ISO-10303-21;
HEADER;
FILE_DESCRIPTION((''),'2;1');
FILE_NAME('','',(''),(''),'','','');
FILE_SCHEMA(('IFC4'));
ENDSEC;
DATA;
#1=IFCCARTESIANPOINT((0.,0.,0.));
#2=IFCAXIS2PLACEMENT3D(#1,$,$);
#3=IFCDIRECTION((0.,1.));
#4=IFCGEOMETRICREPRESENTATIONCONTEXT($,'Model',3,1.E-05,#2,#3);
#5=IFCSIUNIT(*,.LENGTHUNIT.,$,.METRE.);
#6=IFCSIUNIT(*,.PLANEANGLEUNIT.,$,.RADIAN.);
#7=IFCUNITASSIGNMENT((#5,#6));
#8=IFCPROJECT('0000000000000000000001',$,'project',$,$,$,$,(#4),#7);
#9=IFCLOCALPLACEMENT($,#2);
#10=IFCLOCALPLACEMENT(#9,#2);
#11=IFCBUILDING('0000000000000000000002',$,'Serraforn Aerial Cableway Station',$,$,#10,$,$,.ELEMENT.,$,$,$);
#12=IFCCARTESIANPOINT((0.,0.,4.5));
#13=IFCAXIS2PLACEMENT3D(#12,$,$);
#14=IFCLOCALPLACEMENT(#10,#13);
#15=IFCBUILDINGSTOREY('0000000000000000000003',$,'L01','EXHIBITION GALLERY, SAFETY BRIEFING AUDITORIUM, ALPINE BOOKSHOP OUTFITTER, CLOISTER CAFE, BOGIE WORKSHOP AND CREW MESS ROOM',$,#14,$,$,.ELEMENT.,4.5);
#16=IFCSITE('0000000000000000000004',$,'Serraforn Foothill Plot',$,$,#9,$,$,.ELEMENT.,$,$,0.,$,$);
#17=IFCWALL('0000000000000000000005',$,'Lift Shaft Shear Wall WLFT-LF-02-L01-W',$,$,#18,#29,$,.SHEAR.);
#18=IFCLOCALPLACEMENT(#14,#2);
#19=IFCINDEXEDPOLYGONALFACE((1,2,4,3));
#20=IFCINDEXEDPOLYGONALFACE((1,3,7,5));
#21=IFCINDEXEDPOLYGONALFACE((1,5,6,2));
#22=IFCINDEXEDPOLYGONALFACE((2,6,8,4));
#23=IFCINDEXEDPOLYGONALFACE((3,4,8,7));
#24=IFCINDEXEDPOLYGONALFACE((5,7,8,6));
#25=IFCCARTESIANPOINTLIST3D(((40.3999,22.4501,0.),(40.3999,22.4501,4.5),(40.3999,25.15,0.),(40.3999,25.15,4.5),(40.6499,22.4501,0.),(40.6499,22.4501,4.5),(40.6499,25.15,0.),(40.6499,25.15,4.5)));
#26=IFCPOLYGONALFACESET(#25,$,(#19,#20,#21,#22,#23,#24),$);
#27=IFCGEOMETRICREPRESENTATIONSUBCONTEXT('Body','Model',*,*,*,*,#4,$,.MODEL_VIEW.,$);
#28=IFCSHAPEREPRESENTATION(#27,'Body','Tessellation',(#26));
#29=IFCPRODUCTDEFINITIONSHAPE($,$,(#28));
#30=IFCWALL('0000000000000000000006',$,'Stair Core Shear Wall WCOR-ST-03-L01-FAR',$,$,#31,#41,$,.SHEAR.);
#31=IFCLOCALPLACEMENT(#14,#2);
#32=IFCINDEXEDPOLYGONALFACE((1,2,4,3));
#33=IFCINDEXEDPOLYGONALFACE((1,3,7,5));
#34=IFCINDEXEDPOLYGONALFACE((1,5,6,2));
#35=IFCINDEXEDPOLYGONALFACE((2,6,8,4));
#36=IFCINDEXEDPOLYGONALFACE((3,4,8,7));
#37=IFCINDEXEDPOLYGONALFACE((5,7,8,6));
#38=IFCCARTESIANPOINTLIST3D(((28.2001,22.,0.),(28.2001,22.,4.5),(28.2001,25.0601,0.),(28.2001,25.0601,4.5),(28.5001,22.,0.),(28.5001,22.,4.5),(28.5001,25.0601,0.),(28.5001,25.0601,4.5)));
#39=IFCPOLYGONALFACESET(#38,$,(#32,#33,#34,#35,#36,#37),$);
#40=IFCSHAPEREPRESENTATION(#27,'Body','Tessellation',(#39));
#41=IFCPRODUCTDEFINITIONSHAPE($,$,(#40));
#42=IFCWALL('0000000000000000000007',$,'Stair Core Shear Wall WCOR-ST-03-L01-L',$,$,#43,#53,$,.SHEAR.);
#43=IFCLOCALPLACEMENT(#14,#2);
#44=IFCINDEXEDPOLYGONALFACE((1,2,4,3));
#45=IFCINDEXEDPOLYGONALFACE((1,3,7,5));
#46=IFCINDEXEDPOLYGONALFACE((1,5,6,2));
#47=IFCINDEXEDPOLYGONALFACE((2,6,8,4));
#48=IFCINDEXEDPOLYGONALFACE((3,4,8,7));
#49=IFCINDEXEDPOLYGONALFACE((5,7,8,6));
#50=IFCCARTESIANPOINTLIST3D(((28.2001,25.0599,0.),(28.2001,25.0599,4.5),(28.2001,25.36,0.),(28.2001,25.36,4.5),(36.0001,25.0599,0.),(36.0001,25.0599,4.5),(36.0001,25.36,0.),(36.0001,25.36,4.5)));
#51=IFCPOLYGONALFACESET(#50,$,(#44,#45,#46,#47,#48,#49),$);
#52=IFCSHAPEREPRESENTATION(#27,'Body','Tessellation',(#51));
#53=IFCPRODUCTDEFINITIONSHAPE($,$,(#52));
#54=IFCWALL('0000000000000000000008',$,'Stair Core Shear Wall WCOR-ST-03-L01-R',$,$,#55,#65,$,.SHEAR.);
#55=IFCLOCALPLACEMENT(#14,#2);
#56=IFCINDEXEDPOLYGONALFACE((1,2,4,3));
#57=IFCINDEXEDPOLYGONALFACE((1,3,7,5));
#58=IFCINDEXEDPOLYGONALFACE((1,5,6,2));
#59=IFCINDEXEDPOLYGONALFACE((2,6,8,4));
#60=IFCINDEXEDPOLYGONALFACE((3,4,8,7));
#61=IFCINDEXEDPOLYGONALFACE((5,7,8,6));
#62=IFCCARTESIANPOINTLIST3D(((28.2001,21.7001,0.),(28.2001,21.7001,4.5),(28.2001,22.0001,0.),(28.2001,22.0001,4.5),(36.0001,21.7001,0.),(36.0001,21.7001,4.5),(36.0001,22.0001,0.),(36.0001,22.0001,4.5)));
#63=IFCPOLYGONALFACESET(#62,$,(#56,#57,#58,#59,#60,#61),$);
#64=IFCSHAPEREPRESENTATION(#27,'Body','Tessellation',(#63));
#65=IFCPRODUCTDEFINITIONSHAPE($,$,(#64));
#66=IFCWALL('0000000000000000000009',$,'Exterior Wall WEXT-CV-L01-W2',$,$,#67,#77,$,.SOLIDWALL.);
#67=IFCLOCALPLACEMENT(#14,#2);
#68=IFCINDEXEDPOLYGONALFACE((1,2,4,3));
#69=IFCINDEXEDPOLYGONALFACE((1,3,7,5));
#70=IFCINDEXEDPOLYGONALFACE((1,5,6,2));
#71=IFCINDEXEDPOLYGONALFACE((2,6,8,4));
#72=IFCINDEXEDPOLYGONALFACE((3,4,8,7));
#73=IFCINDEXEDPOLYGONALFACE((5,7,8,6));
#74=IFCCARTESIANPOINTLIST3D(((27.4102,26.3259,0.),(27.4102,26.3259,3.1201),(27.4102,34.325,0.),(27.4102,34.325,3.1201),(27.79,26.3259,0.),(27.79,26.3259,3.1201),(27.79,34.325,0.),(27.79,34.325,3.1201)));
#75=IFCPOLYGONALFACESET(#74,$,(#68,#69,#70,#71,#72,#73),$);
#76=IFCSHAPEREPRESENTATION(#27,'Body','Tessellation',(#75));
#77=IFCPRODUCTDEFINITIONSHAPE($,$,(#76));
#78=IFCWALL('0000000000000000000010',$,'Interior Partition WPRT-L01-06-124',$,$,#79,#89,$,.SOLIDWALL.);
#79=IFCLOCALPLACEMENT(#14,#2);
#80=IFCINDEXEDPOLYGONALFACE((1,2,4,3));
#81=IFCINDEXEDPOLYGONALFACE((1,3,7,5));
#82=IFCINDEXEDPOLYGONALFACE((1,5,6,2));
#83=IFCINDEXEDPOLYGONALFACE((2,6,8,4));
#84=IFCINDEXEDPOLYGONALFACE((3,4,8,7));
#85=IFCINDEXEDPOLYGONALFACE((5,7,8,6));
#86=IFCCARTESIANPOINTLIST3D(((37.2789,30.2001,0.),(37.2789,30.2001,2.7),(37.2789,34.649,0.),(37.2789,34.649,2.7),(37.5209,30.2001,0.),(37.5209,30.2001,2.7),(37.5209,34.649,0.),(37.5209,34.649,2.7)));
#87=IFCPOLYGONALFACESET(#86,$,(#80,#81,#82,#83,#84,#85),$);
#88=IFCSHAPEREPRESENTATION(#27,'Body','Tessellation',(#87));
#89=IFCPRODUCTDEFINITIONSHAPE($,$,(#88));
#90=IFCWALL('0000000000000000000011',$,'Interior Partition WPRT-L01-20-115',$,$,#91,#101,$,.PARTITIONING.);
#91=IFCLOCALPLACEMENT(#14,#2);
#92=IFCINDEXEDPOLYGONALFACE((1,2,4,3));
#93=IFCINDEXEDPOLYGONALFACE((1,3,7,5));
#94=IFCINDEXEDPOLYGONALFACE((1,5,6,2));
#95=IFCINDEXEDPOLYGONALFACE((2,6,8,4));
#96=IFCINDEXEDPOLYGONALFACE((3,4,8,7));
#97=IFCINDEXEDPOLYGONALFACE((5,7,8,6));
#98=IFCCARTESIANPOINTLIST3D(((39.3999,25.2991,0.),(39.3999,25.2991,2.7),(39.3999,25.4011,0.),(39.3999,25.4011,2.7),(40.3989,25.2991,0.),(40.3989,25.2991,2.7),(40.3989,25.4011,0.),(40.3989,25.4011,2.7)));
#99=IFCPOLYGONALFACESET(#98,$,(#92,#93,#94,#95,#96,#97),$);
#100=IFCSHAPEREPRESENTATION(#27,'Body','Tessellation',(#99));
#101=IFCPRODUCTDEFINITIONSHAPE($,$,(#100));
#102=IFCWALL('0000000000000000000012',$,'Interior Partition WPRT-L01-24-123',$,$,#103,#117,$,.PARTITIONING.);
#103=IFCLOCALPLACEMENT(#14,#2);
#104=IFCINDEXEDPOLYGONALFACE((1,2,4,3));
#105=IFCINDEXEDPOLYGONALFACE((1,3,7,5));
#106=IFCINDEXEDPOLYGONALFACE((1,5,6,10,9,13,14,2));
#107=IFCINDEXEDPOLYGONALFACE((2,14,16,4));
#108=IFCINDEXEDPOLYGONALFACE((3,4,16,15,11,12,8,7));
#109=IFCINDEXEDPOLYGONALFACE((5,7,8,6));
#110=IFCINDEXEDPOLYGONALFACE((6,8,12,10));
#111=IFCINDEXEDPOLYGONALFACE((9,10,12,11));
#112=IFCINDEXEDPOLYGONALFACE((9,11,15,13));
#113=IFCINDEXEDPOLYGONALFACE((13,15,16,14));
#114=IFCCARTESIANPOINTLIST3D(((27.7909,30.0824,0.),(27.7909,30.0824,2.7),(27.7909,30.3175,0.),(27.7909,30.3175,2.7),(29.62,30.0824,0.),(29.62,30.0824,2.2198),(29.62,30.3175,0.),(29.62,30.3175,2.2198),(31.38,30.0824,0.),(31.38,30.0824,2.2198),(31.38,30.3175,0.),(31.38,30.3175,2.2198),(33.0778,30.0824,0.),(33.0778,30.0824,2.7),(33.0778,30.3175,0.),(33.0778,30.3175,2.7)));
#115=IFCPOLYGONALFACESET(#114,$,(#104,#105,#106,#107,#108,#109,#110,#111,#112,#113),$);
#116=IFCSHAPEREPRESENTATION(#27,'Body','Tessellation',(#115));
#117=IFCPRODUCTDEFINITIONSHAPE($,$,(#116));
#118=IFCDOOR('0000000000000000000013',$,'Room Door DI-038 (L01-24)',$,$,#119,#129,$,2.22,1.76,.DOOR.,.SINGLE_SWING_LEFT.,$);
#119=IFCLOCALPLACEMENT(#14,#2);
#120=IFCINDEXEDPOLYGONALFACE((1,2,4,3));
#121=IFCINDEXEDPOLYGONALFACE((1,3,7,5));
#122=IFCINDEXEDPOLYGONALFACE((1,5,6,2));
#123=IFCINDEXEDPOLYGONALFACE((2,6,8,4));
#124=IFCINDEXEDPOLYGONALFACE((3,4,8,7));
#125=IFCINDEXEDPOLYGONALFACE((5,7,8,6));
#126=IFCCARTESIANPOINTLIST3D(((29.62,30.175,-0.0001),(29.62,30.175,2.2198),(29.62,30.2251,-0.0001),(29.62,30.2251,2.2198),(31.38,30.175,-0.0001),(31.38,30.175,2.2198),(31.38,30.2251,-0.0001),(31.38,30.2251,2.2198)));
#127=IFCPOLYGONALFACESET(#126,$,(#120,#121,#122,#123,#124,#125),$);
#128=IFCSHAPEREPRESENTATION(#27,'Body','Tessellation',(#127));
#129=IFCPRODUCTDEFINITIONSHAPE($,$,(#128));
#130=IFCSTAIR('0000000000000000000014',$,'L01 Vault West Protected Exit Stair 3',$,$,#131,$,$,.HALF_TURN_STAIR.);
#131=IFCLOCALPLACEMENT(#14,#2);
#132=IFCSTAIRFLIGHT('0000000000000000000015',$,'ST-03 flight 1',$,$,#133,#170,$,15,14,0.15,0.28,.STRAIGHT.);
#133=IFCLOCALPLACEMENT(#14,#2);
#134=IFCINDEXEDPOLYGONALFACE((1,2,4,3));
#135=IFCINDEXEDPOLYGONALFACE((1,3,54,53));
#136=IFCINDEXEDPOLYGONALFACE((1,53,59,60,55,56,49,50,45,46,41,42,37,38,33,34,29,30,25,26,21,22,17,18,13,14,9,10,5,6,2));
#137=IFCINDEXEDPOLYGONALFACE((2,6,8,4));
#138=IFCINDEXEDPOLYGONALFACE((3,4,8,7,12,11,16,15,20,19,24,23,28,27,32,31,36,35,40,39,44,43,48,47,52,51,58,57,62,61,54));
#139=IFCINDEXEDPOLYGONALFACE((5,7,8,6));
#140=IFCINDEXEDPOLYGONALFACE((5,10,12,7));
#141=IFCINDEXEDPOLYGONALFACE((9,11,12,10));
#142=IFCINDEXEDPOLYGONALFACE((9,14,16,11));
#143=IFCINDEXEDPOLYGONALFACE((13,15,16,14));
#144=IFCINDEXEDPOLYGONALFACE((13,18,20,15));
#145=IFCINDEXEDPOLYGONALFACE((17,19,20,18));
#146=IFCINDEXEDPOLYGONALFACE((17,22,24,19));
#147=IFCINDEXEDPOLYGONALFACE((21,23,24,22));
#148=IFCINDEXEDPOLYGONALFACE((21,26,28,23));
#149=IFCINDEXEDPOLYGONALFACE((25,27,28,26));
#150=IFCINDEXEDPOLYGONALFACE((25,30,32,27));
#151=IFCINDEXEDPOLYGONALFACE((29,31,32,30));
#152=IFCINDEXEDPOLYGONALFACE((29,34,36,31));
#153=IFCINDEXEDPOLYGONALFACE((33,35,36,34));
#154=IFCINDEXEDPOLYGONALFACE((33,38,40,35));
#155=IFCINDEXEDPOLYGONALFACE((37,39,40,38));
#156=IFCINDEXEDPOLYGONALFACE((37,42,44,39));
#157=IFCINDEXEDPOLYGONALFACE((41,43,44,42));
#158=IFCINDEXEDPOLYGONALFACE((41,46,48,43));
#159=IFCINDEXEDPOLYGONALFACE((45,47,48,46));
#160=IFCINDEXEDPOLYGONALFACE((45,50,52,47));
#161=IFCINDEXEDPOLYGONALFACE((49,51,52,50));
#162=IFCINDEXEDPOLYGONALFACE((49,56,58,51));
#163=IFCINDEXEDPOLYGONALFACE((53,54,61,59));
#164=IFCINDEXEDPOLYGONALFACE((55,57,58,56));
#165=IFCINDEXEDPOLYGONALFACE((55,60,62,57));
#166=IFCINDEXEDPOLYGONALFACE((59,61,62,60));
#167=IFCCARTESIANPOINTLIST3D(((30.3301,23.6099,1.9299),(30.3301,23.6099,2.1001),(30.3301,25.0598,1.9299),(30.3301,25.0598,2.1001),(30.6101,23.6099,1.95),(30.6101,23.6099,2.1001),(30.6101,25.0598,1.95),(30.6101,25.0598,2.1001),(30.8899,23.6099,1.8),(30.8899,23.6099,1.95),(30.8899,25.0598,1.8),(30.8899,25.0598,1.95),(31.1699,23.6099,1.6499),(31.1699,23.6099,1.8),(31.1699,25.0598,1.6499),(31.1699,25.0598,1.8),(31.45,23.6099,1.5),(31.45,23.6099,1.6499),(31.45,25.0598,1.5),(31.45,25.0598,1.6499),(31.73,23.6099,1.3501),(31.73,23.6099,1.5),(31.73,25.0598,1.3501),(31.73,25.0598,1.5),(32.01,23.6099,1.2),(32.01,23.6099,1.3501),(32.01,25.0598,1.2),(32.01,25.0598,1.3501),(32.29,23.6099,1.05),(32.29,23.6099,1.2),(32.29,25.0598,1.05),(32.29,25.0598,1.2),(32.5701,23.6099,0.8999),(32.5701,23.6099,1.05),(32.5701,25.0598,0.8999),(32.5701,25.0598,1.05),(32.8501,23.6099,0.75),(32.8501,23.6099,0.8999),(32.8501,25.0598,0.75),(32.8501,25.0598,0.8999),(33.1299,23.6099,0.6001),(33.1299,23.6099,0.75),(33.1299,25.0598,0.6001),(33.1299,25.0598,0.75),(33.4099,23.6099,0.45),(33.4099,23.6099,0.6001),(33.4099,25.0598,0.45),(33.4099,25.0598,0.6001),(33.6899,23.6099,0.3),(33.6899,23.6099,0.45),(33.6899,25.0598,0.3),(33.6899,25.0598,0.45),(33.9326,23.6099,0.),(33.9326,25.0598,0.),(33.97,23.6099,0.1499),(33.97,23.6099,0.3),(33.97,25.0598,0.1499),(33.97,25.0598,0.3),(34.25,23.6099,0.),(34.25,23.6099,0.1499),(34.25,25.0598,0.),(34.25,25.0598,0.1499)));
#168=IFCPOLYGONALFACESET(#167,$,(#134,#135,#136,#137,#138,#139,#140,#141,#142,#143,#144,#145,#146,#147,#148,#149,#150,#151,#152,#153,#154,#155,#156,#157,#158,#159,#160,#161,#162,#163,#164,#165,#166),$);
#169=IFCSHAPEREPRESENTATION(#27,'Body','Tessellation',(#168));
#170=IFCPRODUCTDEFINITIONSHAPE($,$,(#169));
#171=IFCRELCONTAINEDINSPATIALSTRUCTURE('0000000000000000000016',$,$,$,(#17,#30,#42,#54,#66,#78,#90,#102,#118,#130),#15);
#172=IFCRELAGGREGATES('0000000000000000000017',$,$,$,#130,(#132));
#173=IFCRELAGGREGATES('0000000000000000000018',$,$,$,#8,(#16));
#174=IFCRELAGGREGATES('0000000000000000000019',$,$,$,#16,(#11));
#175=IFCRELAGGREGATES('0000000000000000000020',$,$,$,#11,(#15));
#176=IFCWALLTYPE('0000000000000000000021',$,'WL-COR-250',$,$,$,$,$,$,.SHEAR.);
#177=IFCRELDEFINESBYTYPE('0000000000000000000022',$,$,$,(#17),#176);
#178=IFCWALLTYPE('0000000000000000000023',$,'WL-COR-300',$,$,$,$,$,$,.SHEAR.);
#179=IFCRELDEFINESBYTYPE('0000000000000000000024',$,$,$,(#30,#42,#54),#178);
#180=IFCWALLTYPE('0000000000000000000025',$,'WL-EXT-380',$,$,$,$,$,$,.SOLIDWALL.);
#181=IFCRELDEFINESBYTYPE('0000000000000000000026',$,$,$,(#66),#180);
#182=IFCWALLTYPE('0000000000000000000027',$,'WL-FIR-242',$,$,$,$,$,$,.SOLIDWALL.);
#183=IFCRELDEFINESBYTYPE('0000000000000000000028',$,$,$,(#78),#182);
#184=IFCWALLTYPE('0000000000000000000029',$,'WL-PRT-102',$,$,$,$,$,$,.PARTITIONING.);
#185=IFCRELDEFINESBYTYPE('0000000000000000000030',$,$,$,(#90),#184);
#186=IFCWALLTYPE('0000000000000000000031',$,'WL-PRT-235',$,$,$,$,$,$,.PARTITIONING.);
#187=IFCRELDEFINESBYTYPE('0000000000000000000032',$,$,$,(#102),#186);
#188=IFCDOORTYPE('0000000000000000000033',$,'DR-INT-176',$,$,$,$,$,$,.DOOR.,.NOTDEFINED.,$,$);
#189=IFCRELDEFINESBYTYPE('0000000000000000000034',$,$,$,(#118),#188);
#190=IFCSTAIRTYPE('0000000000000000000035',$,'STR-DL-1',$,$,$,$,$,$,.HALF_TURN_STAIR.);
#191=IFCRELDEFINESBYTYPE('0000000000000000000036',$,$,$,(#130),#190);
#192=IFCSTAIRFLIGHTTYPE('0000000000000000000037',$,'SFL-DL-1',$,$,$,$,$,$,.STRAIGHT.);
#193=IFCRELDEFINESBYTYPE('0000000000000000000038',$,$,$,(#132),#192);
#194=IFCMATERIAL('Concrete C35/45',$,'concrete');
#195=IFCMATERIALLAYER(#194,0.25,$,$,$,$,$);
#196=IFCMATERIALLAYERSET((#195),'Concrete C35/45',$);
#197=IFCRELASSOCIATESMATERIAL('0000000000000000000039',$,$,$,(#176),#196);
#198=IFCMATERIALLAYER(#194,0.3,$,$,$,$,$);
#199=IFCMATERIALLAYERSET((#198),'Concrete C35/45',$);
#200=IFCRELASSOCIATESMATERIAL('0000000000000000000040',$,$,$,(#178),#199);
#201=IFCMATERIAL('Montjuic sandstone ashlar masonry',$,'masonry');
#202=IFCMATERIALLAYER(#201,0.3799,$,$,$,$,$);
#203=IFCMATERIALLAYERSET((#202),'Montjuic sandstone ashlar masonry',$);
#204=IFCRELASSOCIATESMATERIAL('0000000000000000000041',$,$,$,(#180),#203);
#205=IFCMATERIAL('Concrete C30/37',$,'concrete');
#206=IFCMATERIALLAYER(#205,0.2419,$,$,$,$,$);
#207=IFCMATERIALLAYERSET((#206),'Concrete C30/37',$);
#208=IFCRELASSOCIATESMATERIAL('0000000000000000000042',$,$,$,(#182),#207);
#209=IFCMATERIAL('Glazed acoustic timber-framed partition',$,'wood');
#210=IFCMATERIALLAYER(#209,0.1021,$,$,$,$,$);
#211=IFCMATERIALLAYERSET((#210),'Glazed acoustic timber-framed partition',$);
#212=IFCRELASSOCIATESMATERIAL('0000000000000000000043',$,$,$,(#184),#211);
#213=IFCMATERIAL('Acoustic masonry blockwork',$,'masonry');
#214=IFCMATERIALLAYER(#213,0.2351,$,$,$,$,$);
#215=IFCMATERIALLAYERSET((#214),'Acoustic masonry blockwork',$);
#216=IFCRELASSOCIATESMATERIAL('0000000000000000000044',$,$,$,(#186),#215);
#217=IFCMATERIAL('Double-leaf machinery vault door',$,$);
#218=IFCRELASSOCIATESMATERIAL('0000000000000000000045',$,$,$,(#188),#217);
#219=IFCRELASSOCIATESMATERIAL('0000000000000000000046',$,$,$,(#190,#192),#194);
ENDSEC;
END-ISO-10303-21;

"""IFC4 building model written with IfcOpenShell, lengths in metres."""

from ifc_helpers import new_model, si_unit, direction, frame, frame_2d, origin, place, context, subcontext, project, spatial, polyline, rectangle, outline, extrude, material, layer, layer_set, type_object, element, fill, aggregate, save


model = new_model("IFC4")

# Units and contexts
model_context = context("Model", 3, precision=1e-05, world=origin(), true_north=direction((0.0, 1.0)))
body_context = subcontext(model_context, "Body", "Model", "MODEL_VIEW")
ifc_project = project(units=[si_unit("LENGTHUNIT", "METRE"), si_unit("PLANEANGLEUNIT", "RADIAN")], contexts=[model_context])

# Site, building, storey
site_placement = place(None, origin())
site = spatial("IfcSite", under=ifc_project, at=site_placement, Name="Serraforn Foothill Plot", CompositionType="ELEMENT", RefElevation=0.0)
building_placement = place(site_placement, origin())
building = spatial("IfcBuilding", under=site, at=building_placement, Name="Serraforn Aerial Cableway Station", CompositionType="ELEMENT")
storey_placement = place(building_placement, frame((0.0, 0.0, 4.5)))
storey = spatial("IfcBuildingStorey", under=building, at=storey_placement, Name="L01", Description="EXHIBITION GALLERY, SAFETY BRIEFING AUDITORIUM, ALPINE BOOKSHOP OUTFITTER, CLOISTER CAFE, BOGIE WORKSHOP AND CREW MESS ROOM", CompositionType="ELEMENT", Elevation=4.5)

# Shared definitions
ifc_material_1 = material(Name="Concrete C35/45", Category="concrete")

# Shared definitions
ifc_layer_1 = layer(ifc_material_1, 0.25)
ifc_layer_set_1 = layer_set([ifc_layer_1], Name="Concrete C35/45")
wall_type_1 = type_object("IfcWallType", Name="WL-COR-250", PredefinedType="SHEAR", material=ifc_layer_set_1)

# Wall
wall_1_placement = place(storey_placement, frame((40.5249, 22.45, 0.0), z_axis=(0.0, 0.0, 1.0), x_axis=(0.0, 1.0, 0.0)))
element("IfcWall", 1, at=wall_1_placement, inside=storey, type_object=wall_type_1, Name="Lift Shaft Shear Wall WLFT-LF-02-L01-W", PredefinedType="SHEAR", context=body_context, shape_type="SweptSolid", body=[
    extrude(rectangle(XDim=2.7, YDim=0.25, at=frame_2d((1.3501, 0.0))), origin(), (0.0, 0.0, 1.0), 4.5),
])

# Shared definitions
ifc_layer_2 = layer(ifc_material_1, 0.3)
ifc_layer_set_2 = layer_set([ifc_layer_2], Name="Concrete C35/45")
wall_type_2 = type_object("IfcWallType", Name="WL-COR-300", PredefinedType="SHEAR", material=ifc_layer_set_2)

# Walls
wall_2_placement = place(storey_placement, frame((28.3501, 25.0601, 0.0), z_axis=(0.0, 0.0, 1.0), x_axis=(0.0, -1.0, 0.0)))
element("IfcWall", 2, at=wall_2_placement, inside=storey, type_object=wall_type_2, Name="Stair Core Shear Wall WCOR-ST-03-L01-FAR", PredefinedType="SHEAR", context=body_context, shape_type="SweptSolid", body=[
    extrude(rectangle(XDim=3.0601, YDim=0.3, at=frame_2d((1.53, 0.0))), origin(), (0.0, 0.0, 1.0), 4.5),
])
for number, where, z_axis, x_axis, name in (
    (3, (36.0, 25.21, 0.0), (0.0, 0.0, 1.0), (-1.0, 0.0, 0.0), "Stair Core Shear Wall WCOR-ST-03-L01-L"),
    (4, (36.0, 21.8501, 0.0), (0.0, 0.0, 1.0), (-1.0, 0.0, 0.0), "Stair Core Shear Wall WCOR-ST-03-L01-R"),
):
    element("IfcWall", number, at=place(storey_placement, frame(where, z_axis=z_axis, x_axis=x_axis)), inside=storey, type_object=wall_type_2, Name=name, PredefinedType="SHEAR", context=body_context, shape_type="SweptSolid", body=[
        extrude(rectangle(XDim=7.8, YDim=0.3, at=frame_2d((3.8999, 0.0))), origin(), (0.0, 0.0, 1.0), 4.5),
    ])
ifc_material_2 = material(Name="Montjuic sandstone ashlar masonry", Category="masonry")
ifc_layer_3 = layer(ifc_material_2, 0.3799)
ifc_layer_set_3 = layer_set([ifc_layer_3], Name="Montjuic sandstone ashlar masonry")
wall_type_3 = type_object("IfcWallType", Name="WL-EXT-380", PredefinedType="SOLIDWALL", material=ifc_layer_set_3)
wall_3_placement = place(storey_placement, frame((27.6001, 34.325, 0.0), z_axis=(0.0, 0.0, 1.0), x_axis=(0.0, -1.0, 0.0)))
element("IfcWall", 5, at=wall_3_placement, inside=storey, type_object=wall_type_3, Name="Exterior Wall WEXT-CV-L01-W2", PredefinedType="SOLIDWALL", context=body_context, shape_type="SweptSolid", body=[
    extrude(rectangle(XDim=7.999, YDim=0.3799, at=frame_2d((3.9995, 0.0))), origin(), (0.0, 0.0, 1.0), 3.1201),
])
ifc_material_3 = material(Name="Concrete C30/37", Category="concrete")
ifc_layer_4 = layer(ifc_material_3, 0.2419)
ifc_layer_set_4 = layer_set([ifc_layer_4], Name="Concrete C30/37")
wall_type_4 = type_object("IfcWallType", Name="WL-FIR-242", PredefinedType="SOLIDWALL", material=ifc_layer_set_4)
wall_4_placement = place(storey_placement, frame((37.3999, 30.2, 0.0), z_axis=(0.0, 0.0, 1.0), x_axis=(0.0, 1.0, 0.0)))
element("IfcWall", 6, at=wall_4_placement, inside=storey, type_object=wall_type_4, Name="Interior Partition WPRT-L01-06-124", PredefinedType="SOLIDWALL", context=body_context, shape_type="SweptSolid", body=[
    extrude(rectangle(XDim=4.449, YDim=0.2419, at=frame_2d((2.2246, 0.0))), origin(), (0.0, 0.0, 1.0), 2.7),
])
ifc_material_4 = material(Name="Glazed acoustic timber-framed partition", Category="wood")
ifc_layer_5 = layer(ifc_material_4, 0.1021)
ifc_layer_set_5 = layer_set([ifc_layer_5], Name="Glazed acoustic timber-framed partition")
wall_type_5 = type_object("IfcWallType", Name="WL-PRT-102", PredefinedType="PARTITIONING", material=ifc_layer_set_5)
wall_5_placement = place(storey_placement, frame((39.3999, 25.3501, 0.0), z_axis=(0.0, 0.0, 1.0), x_axis=(1.0, 0.0, 0.0)))
element("IfcWall", 7, at=wall_5_placement, inside=storey, type_object=wall_type_5, Name="Interior Partition WPRT-L01-20-115", PredefinedType="PARTITIONING", context=body_context, shape_type="SweptSolid", body=[
    extrude(rectangle(XDim=0.999, YDim=0.1021, at=frame_2d((0.4995, 0.0))), origin(), (0.0, 0.0, 1.0), 2.7),
])

# Wall, opening, door
ifc_material_5 = material(Name="Acoustic masonry blockwork", Category="masonry")
ifc_layer_6 = layer(ifc_material_5, 0.2351)
ifc_layer_set_6 = layer_set([ifc_layer_6], Name="Acoustic masonry blockwork")
wall_type_6 = type_object("IfcWallType", Name="WL-PRT-235", PredefinedType="PARTITIONING", material=ifc_layer_set_6)
wall_6_placement = place(storey_placement, frame((33.0779, 30.2, 0.0), z_axis=(0.0, 0.0, 1.0), x_axis=(-1.0, 0.0, 0.0)))
wall_6 = element("IfcWall", 8, at=wall_6_placement, inside=storey, type_object=wall_type_6, Name="Interior Partition WPRT-L01-24-123", PredefinedType="PARTITIONING", context=body_context, shape_type="SweptSolid", body=[
    extrude(rectangle(XDim=5.2869, YDim=0.2351, at=frame_2d((2.6436, 0.0))), origin(), (0.0, 0.0, 1.0), 2.7),
])
opening_1_placement = place(wall_6_placement, frame((1.698, 0.0, 0.0)))
opening_1 = element("IfcOpeningElement", 9, at=opening_1_placement, cuts=wall_6, PredefinedType="OPENING", context=body_context, shape_type="SweptSolid", body=[
    extrude(rectangle(XDim=1.76, YDim=2.22, at=frame_2d((0.8799, 1.1099))), frame((0.0, 0.1274, 0.0), z_axis=(0.0, -1.0, 0.0), x_axis=(1.0, 0.0, 0.0)), (0.0, 0.0, 1.0), 0.2551),
])
ifc_material_6 = material(Name="Double-leaf machinery vault door")
door_type_1 = type_object("IfcDoorType", Name="DR-INT-176", OperationType="NOTDEFINED", PredefinedType="DOOR", material=ifc_material_6)
door_1_placement = place(opening_1_placement, origin())
door_1 = element("IfcDoor", 10, at=door_1_placement, inside=storey, type_object=door_type_1, Name="Room Door DI-038 (L01-24)", OperationType="SINGLE_SWING_LEFT", OverallHeight=2.22, OverallWidth=1.76, PredefinedType="DOOR", context=body_context, shape_type="SweptSolid", body=[
    extrude(rectangle(XDim=1.76, YDim=2.22, at=frame_2d((0.8799, 1.1099))), frame((0.0, 0.0249, 0.0), z_axis=(0.0, -1.0, 0.0), x_axis=(1.0, 0.0, 0.0)), (0.0, 0.0, 1.0), 0.05),
])
fill(opening_1, door_1)

# Stair, stair flight
stair_type = type_object("IfcStairType", Name="STR-DL-1", PredefinedType="HALF_TURN_STAIR", material=ifc_material_1)
stair_placement = place(storey_placement, origin())
stair = element("IfcStair", 11, at=stair_placement, inside=storey, type_object=stair_type, Name="L01 Vault West Protected Exit Stair 3", PredefinedType="HALF_TURN_STAIR")
stair_flight_type = type_object("IfcStairFlightType", Name="SFL-DL-1", PredefinedType="STRAIGHT", material=ifc_material_1)
stair_flight_1_placement = place(storey_placement, frame((34.25, 24.335, 0.0), z_axis=(0.0, 0.0, 1.0), x_axis=(-1.0, 0.0, 0.0)))
stair_flight_1 = element("IfcStairFlight", 12, at=stair_flight_1_placement, type_object=stair_flight_type, Name="ST-03 flight 1", NumberOfRisers=15, NumberOfTreads=14, PredefinedType="STRAIGHT", RiserHeight=0.15, TreadLength=0.28, context=body_context, shape_type="SweptSolid", body=[
    extrude(outline(polyline([(0.0, 0.0), (0.0, 0.1499), (0.28, 0.1499), (0.28, 0.3), (0.5601, 0.3), (0.5601, 0.45), (0.8401, 0.45), (0.8401, 0.6001), (1.1201, 0.6001), (1.1201, 0.75), (1.3999, 0.75), (1.3999, 0.8999), (1.6799, 0.8999), (1.6799, 1.05), (1.96, 1.05), (1.96, 1.2), (2.24, 1.2), (2.24, 1.3501), (2.52, 1.3501), (2.52, 1.5), (2.8, 1.5), (2.8, 1.6499), (3.0801, 1.6499), (3.0801, 1.8), (3.3601, 1.8), (3.3601, 1.95), (3.6399, 1.95), (3.6399, 2.1001), (3.9199, 2.1001), (3.9199, 2.25), (3.9199, 1.9299), (0.3174, 0.0), (0.0, 0.0)])), frame((0.0, 0.7251, 0.0), z_axis=(0.0, -1.0, 0.0), x_axis=(1.0, 0.0, 0.0)), (0.0, 0.0, 1.0), 1.45),
])
aggregate(stair, [stair_flight_1])

save(model, "model.ifc")
